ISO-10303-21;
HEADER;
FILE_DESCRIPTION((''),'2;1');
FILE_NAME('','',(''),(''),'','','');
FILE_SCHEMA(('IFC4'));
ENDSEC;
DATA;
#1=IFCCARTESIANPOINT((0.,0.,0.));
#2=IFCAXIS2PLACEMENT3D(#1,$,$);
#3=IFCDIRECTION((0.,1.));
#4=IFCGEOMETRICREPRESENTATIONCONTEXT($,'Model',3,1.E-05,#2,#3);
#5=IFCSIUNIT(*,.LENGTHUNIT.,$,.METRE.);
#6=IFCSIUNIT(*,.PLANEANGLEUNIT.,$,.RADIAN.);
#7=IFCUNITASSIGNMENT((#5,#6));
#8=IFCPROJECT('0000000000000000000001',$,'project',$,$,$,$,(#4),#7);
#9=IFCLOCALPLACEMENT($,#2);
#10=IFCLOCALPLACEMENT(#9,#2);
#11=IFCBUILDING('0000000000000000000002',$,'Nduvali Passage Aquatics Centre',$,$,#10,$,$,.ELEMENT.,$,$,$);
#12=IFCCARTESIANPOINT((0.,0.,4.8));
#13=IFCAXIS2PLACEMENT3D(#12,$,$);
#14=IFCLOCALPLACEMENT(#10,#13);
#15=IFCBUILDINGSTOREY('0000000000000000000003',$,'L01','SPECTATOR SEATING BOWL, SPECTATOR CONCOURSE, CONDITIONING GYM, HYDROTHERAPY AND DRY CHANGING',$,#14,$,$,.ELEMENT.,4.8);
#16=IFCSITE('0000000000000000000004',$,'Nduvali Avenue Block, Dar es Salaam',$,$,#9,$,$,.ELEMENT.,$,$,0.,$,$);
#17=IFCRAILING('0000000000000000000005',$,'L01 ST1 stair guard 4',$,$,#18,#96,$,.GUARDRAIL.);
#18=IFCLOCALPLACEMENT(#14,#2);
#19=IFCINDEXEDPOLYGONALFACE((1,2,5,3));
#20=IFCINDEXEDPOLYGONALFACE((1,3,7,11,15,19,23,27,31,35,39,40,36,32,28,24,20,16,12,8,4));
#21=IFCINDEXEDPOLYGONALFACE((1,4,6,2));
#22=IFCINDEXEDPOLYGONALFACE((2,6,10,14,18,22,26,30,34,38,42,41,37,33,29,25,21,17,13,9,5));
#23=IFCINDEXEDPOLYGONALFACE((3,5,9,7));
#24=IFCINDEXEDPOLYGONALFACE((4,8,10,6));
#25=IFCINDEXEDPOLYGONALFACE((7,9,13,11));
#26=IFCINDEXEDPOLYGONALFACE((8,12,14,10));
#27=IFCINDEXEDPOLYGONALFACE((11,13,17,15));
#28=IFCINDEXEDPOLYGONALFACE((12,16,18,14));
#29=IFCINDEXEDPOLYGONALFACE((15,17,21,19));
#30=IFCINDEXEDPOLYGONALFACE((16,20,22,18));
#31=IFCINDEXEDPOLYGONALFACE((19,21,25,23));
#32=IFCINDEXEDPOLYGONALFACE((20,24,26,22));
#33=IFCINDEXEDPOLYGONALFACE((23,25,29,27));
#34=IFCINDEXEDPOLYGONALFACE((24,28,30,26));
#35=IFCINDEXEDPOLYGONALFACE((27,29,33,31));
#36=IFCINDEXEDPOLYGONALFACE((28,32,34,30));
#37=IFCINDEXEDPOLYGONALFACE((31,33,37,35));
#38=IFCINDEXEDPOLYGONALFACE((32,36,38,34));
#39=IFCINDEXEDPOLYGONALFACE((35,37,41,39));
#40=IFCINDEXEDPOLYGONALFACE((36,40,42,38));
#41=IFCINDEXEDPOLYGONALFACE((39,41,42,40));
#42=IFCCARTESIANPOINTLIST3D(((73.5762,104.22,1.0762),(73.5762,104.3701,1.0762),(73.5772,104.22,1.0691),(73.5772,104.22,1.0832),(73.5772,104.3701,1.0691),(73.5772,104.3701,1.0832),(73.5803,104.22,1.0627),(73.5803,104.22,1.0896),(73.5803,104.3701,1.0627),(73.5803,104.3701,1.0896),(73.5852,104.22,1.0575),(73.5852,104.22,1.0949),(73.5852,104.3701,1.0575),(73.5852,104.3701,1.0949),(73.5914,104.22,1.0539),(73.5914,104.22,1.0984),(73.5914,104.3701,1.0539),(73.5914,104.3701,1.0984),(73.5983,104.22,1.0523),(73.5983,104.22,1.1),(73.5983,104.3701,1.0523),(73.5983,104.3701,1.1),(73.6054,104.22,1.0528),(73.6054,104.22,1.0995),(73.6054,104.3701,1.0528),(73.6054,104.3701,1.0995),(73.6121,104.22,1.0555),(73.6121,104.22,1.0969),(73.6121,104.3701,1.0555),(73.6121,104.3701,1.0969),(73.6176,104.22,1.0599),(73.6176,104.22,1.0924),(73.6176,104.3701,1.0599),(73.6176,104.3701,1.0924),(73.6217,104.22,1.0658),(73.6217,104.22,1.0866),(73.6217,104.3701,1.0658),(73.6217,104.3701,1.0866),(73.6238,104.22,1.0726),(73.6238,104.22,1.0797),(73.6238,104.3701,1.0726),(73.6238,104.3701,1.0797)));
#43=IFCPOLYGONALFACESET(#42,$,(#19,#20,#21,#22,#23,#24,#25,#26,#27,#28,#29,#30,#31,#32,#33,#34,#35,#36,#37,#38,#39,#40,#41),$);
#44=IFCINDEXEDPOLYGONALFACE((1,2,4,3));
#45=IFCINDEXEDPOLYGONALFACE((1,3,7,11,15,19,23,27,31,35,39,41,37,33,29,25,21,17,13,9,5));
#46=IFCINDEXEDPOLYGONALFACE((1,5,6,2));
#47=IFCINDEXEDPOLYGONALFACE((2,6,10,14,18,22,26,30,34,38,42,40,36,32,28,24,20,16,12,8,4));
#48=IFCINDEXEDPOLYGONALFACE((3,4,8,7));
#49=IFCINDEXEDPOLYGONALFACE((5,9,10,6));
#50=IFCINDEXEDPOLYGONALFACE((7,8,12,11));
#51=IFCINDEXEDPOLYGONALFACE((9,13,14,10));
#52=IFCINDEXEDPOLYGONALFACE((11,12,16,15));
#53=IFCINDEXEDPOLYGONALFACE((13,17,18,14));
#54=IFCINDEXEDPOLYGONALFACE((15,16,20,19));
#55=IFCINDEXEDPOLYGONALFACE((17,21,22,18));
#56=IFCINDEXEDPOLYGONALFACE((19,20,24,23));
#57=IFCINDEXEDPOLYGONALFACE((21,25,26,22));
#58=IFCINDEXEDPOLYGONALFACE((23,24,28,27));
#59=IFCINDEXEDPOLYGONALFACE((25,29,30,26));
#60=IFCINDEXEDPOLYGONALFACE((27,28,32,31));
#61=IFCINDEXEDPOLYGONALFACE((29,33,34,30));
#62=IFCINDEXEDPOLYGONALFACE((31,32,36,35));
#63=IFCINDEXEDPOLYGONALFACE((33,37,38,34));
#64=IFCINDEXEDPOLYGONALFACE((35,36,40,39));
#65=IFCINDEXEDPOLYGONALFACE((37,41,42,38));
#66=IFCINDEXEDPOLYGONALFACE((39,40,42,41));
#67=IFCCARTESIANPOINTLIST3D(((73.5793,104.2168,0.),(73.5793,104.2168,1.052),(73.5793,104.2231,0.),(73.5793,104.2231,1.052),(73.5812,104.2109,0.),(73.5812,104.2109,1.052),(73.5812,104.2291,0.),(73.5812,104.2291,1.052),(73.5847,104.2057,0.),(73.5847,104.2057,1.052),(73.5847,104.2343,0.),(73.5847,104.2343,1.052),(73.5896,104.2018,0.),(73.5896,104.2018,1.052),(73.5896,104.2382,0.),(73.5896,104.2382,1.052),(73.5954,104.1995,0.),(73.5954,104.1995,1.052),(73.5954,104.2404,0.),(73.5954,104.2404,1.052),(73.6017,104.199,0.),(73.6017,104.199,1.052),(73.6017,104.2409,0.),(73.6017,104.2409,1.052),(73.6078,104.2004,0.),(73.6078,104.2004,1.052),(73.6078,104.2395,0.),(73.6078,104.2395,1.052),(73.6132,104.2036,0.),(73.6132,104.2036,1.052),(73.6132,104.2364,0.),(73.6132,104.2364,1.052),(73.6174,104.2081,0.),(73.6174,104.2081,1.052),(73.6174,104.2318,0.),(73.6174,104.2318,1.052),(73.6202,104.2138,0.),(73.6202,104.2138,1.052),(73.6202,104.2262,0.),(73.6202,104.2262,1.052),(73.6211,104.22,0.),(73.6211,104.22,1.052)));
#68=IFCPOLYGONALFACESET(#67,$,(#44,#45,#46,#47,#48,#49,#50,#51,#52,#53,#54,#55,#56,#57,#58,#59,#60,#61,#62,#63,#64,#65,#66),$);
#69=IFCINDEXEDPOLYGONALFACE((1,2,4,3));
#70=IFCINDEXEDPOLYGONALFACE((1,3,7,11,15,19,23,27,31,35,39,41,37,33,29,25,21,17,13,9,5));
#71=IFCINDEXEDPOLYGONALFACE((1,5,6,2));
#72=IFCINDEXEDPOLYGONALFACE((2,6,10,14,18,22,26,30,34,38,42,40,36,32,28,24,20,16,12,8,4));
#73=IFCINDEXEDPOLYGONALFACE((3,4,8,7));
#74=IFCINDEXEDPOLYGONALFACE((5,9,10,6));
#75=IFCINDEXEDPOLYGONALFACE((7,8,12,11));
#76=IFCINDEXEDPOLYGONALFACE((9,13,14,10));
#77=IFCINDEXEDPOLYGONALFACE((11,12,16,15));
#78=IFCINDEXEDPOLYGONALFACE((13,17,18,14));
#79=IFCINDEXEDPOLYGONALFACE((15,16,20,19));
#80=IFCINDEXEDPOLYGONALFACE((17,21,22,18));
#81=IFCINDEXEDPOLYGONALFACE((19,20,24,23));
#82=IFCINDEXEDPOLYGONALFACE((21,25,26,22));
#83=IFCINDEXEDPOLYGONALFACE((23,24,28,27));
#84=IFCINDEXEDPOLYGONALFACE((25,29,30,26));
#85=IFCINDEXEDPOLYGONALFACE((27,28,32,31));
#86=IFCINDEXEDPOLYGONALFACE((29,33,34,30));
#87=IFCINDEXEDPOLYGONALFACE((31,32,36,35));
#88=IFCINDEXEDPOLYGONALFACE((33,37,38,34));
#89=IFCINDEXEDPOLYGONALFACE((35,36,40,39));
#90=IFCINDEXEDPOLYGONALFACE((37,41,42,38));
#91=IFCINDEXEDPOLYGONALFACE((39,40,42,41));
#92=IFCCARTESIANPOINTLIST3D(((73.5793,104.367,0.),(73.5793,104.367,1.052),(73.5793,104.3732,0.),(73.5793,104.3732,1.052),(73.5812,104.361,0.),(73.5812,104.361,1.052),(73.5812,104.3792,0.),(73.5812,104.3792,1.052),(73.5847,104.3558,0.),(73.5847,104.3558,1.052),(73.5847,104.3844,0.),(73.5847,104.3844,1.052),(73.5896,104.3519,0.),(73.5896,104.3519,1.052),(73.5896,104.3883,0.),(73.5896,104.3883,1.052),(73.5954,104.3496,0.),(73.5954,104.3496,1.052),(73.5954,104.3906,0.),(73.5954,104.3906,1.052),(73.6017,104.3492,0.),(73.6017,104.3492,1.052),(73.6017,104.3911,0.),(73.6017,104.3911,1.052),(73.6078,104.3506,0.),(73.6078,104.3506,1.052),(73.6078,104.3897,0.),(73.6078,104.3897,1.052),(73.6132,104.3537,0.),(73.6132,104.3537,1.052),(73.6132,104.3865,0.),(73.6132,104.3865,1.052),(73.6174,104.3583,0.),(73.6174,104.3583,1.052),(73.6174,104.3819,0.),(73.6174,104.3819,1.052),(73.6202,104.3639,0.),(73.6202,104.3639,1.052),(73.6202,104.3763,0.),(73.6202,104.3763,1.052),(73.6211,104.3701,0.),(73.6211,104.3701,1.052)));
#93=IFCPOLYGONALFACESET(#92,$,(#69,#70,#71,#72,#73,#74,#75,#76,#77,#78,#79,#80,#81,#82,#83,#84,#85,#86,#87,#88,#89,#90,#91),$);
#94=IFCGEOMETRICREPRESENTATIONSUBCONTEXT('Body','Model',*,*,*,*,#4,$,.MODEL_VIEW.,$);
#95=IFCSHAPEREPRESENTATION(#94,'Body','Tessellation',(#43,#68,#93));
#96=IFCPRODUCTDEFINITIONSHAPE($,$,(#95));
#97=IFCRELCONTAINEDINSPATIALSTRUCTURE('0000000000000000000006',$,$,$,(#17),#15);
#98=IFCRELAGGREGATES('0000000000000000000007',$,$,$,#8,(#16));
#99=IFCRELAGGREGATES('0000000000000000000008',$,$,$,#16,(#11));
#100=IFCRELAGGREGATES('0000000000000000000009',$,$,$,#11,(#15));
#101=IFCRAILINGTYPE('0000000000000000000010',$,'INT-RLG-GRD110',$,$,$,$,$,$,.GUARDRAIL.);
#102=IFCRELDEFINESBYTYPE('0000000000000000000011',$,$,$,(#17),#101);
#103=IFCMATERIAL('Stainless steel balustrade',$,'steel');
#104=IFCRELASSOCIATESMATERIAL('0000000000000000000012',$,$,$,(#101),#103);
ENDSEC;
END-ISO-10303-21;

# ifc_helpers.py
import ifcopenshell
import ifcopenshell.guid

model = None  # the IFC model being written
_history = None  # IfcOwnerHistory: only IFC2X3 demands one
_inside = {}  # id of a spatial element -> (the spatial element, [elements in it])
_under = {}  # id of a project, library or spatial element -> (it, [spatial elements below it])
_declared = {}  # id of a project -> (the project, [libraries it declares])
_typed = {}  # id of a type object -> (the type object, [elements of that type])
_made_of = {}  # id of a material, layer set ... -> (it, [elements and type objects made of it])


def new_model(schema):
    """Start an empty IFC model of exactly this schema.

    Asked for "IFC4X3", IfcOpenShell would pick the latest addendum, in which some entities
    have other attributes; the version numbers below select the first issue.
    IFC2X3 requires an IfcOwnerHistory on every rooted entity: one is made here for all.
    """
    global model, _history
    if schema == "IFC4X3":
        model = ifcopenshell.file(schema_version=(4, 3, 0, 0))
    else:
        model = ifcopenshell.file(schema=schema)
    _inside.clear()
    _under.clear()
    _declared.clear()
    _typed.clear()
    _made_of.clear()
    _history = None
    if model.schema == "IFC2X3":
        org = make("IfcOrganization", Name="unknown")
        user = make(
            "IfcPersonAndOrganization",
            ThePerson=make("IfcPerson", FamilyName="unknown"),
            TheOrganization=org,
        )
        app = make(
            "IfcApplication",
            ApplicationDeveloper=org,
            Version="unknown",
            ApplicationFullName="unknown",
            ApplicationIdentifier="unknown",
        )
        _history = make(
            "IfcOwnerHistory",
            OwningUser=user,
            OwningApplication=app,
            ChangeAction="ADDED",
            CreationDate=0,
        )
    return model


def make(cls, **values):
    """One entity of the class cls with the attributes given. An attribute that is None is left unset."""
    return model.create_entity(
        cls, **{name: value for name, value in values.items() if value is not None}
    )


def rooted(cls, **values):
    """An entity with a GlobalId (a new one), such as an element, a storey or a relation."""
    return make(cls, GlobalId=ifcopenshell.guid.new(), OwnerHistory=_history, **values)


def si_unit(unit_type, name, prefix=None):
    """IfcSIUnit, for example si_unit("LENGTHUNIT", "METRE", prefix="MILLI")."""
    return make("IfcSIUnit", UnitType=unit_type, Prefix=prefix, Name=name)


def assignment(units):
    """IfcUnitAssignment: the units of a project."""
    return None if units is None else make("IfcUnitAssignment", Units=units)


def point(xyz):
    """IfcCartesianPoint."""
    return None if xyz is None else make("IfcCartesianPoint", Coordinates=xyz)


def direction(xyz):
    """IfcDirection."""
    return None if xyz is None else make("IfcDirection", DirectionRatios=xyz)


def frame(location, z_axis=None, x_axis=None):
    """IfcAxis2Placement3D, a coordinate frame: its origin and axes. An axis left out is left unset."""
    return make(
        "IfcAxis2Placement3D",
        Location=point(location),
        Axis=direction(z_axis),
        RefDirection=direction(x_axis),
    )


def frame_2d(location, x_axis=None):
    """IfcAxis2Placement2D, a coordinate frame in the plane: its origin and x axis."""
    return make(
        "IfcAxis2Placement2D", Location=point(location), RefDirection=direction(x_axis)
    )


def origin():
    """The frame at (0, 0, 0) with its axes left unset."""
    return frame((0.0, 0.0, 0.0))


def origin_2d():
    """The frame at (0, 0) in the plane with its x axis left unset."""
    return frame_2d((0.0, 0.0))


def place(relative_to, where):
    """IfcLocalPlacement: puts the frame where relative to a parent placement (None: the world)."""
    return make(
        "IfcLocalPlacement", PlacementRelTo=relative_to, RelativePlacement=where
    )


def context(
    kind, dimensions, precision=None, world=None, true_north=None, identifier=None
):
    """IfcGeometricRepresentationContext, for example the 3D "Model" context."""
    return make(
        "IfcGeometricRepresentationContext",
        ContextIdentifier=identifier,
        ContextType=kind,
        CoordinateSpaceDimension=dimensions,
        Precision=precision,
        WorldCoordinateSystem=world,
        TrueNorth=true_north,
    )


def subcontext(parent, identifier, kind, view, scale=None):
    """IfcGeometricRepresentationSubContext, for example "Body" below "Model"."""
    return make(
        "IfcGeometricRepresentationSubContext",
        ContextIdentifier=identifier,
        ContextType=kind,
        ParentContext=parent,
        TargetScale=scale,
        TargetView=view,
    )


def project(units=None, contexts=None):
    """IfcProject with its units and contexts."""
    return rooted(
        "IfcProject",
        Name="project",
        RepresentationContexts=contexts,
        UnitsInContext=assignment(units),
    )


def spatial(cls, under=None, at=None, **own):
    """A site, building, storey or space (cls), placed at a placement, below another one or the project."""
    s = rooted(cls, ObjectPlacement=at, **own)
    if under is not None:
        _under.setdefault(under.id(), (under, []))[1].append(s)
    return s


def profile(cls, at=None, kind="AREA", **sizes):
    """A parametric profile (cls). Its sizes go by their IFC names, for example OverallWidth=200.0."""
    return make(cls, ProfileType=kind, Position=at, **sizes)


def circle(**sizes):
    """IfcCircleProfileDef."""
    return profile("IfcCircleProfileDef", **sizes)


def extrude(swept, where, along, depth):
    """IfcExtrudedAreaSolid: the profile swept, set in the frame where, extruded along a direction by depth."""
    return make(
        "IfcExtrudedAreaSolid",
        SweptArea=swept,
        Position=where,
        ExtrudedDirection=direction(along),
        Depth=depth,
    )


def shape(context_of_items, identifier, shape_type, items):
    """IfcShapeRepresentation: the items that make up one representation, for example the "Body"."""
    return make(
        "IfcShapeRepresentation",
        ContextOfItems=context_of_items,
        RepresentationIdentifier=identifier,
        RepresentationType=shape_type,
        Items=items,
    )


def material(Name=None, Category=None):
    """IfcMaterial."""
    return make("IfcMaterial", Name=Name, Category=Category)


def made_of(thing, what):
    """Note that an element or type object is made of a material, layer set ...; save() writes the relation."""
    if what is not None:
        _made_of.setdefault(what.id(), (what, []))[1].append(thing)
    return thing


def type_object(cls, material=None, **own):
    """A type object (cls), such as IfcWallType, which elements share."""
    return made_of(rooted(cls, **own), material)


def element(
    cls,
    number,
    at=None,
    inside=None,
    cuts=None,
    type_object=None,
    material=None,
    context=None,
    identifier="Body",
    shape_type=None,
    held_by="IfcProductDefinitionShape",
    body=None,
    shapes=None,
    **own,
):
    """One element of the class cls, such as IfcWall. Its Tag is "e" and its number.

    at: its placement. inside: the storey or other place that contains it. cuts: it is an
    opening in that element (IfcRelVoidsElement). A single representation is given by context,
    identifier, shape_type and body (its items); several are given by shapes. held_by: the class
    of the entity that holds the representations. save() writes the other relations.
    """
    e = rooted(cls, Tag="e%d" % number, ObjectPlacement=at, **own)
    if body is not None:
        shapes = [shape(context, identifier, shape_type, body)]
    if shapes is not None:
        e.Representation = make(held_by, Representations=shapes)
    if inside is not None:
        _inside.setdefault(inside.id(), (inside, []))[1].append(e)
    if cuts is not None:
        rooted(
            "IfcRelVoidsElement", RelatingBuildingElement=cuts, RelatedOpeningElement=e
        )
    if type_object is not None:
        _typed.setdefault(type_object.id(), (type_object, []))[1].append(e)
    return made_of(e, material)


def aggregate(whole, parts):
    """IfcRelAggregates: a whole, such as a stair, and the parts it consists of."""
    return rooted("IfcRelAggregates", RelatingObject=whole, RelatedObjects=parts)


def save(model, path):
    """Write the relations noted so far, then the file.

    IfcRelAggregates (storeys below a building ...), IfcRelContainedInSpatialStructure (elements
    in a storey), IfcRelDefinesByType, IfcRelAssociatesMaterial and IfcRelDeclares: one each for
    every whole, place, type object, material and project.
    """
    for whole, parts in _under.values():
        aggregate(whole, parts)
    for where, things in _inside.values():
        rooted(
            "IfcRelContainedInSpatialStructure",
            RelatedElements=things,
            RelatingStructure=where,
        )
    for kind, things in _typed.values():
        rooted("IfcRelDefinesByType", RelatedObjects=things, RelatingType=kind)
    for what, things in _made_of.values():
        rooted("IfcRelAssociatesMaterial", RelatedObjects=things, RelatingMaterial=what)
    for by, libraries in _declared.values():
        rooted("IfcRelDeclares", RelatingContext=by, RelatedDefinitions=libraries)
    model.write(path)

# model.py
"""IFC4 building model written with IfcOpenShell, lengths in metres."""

from ifc_helpers import new_model, si_unit, direction, frame, origin, origin_2d, place, context, subcontext, project, spatial, circle, extrude, material, type_object, element, save


model = new_model("IFC4")

# Units and contexts
model_context = context("Model", 3, precision=1e-05, world=origin(), true_north=direction((0.0, 1.0)))
body_context = subcontext(model_context, "Body", "Model", "MODEL_VIEW")
ifc_project = project(units=[si_unit("LENGTHUNIT", "METRE"), si_unit("PLANEANGLEUNIT", "RADIAN")], contexts=[model_context])

# Site, building, storey
site_placement = place(None, origin())
site = spatial("IfcSite", under=ifc_project, at=site_placement, Name="Nduvali Avenue Block, Dar es Salaam", CompositionType="ELEMENT", RefElevation=0.0)
building_placement = place(site_placement, origin())
building = spatial("IfcBuilding", under=site, at=building_placement, Name="Nduvali Passage Aquatics Centre", CompositionType="ELEMENT")
storey_placement = place(building_placement, frame((0.0, 0.0, 4.8)))
storey = spatial("IfcBuildingStorey", under=building, at=storey_placement, Name="L01", Description="SPECTATOR SEATING BOWL, SPECTATOR CONCOURSE, CONDITIONING GYM, HYDROTHERAPY AND DRY CHANGING", CompositionType="ELEMENT", Elevation=4.8)

# Railing
ifc_material_1 = material(Name="Stainless steel balustrade", Category="steel")
railing_type_1 = type_object("IfcRailingType", Name="INT-RLG-GRD110", PredefinedType="GUARDRAIL", material=ifc_material_1)
railing_1_placement = place(storey_placement, frame((73.6001, 104.22, 0.0)))
element("IfcRailing", 1, at=railing_1_placement, inside=storey, type_object=railing_type_1, Name="L01 ST1 stair guard 4", PredefinedType="GUARDRAIL", context=body_context, shape_type="SweptSolid", body=[
    extrude(circle(Radius=0.0239, at=origin_2d()), frame((0.0, 0.0, 1.0762), z_axis=(0.0, 1.0, 0.0), x_axis=(-1.0, 0.0, 0.0)), (0.0, 0.0, 1.0), 0.1501),
    extrude(circle(Radius=0.021, at=origin_2d()), origin(), (0.0, 0.0, 1.0), 1.052),
    extrude(circle(Radius=0.021, at=origin_2d()), frame((0.0, 0.1501, 0.0)), (0.0, 0.0, 1.0), 1.052),
])

save(model, "model.ifc")
